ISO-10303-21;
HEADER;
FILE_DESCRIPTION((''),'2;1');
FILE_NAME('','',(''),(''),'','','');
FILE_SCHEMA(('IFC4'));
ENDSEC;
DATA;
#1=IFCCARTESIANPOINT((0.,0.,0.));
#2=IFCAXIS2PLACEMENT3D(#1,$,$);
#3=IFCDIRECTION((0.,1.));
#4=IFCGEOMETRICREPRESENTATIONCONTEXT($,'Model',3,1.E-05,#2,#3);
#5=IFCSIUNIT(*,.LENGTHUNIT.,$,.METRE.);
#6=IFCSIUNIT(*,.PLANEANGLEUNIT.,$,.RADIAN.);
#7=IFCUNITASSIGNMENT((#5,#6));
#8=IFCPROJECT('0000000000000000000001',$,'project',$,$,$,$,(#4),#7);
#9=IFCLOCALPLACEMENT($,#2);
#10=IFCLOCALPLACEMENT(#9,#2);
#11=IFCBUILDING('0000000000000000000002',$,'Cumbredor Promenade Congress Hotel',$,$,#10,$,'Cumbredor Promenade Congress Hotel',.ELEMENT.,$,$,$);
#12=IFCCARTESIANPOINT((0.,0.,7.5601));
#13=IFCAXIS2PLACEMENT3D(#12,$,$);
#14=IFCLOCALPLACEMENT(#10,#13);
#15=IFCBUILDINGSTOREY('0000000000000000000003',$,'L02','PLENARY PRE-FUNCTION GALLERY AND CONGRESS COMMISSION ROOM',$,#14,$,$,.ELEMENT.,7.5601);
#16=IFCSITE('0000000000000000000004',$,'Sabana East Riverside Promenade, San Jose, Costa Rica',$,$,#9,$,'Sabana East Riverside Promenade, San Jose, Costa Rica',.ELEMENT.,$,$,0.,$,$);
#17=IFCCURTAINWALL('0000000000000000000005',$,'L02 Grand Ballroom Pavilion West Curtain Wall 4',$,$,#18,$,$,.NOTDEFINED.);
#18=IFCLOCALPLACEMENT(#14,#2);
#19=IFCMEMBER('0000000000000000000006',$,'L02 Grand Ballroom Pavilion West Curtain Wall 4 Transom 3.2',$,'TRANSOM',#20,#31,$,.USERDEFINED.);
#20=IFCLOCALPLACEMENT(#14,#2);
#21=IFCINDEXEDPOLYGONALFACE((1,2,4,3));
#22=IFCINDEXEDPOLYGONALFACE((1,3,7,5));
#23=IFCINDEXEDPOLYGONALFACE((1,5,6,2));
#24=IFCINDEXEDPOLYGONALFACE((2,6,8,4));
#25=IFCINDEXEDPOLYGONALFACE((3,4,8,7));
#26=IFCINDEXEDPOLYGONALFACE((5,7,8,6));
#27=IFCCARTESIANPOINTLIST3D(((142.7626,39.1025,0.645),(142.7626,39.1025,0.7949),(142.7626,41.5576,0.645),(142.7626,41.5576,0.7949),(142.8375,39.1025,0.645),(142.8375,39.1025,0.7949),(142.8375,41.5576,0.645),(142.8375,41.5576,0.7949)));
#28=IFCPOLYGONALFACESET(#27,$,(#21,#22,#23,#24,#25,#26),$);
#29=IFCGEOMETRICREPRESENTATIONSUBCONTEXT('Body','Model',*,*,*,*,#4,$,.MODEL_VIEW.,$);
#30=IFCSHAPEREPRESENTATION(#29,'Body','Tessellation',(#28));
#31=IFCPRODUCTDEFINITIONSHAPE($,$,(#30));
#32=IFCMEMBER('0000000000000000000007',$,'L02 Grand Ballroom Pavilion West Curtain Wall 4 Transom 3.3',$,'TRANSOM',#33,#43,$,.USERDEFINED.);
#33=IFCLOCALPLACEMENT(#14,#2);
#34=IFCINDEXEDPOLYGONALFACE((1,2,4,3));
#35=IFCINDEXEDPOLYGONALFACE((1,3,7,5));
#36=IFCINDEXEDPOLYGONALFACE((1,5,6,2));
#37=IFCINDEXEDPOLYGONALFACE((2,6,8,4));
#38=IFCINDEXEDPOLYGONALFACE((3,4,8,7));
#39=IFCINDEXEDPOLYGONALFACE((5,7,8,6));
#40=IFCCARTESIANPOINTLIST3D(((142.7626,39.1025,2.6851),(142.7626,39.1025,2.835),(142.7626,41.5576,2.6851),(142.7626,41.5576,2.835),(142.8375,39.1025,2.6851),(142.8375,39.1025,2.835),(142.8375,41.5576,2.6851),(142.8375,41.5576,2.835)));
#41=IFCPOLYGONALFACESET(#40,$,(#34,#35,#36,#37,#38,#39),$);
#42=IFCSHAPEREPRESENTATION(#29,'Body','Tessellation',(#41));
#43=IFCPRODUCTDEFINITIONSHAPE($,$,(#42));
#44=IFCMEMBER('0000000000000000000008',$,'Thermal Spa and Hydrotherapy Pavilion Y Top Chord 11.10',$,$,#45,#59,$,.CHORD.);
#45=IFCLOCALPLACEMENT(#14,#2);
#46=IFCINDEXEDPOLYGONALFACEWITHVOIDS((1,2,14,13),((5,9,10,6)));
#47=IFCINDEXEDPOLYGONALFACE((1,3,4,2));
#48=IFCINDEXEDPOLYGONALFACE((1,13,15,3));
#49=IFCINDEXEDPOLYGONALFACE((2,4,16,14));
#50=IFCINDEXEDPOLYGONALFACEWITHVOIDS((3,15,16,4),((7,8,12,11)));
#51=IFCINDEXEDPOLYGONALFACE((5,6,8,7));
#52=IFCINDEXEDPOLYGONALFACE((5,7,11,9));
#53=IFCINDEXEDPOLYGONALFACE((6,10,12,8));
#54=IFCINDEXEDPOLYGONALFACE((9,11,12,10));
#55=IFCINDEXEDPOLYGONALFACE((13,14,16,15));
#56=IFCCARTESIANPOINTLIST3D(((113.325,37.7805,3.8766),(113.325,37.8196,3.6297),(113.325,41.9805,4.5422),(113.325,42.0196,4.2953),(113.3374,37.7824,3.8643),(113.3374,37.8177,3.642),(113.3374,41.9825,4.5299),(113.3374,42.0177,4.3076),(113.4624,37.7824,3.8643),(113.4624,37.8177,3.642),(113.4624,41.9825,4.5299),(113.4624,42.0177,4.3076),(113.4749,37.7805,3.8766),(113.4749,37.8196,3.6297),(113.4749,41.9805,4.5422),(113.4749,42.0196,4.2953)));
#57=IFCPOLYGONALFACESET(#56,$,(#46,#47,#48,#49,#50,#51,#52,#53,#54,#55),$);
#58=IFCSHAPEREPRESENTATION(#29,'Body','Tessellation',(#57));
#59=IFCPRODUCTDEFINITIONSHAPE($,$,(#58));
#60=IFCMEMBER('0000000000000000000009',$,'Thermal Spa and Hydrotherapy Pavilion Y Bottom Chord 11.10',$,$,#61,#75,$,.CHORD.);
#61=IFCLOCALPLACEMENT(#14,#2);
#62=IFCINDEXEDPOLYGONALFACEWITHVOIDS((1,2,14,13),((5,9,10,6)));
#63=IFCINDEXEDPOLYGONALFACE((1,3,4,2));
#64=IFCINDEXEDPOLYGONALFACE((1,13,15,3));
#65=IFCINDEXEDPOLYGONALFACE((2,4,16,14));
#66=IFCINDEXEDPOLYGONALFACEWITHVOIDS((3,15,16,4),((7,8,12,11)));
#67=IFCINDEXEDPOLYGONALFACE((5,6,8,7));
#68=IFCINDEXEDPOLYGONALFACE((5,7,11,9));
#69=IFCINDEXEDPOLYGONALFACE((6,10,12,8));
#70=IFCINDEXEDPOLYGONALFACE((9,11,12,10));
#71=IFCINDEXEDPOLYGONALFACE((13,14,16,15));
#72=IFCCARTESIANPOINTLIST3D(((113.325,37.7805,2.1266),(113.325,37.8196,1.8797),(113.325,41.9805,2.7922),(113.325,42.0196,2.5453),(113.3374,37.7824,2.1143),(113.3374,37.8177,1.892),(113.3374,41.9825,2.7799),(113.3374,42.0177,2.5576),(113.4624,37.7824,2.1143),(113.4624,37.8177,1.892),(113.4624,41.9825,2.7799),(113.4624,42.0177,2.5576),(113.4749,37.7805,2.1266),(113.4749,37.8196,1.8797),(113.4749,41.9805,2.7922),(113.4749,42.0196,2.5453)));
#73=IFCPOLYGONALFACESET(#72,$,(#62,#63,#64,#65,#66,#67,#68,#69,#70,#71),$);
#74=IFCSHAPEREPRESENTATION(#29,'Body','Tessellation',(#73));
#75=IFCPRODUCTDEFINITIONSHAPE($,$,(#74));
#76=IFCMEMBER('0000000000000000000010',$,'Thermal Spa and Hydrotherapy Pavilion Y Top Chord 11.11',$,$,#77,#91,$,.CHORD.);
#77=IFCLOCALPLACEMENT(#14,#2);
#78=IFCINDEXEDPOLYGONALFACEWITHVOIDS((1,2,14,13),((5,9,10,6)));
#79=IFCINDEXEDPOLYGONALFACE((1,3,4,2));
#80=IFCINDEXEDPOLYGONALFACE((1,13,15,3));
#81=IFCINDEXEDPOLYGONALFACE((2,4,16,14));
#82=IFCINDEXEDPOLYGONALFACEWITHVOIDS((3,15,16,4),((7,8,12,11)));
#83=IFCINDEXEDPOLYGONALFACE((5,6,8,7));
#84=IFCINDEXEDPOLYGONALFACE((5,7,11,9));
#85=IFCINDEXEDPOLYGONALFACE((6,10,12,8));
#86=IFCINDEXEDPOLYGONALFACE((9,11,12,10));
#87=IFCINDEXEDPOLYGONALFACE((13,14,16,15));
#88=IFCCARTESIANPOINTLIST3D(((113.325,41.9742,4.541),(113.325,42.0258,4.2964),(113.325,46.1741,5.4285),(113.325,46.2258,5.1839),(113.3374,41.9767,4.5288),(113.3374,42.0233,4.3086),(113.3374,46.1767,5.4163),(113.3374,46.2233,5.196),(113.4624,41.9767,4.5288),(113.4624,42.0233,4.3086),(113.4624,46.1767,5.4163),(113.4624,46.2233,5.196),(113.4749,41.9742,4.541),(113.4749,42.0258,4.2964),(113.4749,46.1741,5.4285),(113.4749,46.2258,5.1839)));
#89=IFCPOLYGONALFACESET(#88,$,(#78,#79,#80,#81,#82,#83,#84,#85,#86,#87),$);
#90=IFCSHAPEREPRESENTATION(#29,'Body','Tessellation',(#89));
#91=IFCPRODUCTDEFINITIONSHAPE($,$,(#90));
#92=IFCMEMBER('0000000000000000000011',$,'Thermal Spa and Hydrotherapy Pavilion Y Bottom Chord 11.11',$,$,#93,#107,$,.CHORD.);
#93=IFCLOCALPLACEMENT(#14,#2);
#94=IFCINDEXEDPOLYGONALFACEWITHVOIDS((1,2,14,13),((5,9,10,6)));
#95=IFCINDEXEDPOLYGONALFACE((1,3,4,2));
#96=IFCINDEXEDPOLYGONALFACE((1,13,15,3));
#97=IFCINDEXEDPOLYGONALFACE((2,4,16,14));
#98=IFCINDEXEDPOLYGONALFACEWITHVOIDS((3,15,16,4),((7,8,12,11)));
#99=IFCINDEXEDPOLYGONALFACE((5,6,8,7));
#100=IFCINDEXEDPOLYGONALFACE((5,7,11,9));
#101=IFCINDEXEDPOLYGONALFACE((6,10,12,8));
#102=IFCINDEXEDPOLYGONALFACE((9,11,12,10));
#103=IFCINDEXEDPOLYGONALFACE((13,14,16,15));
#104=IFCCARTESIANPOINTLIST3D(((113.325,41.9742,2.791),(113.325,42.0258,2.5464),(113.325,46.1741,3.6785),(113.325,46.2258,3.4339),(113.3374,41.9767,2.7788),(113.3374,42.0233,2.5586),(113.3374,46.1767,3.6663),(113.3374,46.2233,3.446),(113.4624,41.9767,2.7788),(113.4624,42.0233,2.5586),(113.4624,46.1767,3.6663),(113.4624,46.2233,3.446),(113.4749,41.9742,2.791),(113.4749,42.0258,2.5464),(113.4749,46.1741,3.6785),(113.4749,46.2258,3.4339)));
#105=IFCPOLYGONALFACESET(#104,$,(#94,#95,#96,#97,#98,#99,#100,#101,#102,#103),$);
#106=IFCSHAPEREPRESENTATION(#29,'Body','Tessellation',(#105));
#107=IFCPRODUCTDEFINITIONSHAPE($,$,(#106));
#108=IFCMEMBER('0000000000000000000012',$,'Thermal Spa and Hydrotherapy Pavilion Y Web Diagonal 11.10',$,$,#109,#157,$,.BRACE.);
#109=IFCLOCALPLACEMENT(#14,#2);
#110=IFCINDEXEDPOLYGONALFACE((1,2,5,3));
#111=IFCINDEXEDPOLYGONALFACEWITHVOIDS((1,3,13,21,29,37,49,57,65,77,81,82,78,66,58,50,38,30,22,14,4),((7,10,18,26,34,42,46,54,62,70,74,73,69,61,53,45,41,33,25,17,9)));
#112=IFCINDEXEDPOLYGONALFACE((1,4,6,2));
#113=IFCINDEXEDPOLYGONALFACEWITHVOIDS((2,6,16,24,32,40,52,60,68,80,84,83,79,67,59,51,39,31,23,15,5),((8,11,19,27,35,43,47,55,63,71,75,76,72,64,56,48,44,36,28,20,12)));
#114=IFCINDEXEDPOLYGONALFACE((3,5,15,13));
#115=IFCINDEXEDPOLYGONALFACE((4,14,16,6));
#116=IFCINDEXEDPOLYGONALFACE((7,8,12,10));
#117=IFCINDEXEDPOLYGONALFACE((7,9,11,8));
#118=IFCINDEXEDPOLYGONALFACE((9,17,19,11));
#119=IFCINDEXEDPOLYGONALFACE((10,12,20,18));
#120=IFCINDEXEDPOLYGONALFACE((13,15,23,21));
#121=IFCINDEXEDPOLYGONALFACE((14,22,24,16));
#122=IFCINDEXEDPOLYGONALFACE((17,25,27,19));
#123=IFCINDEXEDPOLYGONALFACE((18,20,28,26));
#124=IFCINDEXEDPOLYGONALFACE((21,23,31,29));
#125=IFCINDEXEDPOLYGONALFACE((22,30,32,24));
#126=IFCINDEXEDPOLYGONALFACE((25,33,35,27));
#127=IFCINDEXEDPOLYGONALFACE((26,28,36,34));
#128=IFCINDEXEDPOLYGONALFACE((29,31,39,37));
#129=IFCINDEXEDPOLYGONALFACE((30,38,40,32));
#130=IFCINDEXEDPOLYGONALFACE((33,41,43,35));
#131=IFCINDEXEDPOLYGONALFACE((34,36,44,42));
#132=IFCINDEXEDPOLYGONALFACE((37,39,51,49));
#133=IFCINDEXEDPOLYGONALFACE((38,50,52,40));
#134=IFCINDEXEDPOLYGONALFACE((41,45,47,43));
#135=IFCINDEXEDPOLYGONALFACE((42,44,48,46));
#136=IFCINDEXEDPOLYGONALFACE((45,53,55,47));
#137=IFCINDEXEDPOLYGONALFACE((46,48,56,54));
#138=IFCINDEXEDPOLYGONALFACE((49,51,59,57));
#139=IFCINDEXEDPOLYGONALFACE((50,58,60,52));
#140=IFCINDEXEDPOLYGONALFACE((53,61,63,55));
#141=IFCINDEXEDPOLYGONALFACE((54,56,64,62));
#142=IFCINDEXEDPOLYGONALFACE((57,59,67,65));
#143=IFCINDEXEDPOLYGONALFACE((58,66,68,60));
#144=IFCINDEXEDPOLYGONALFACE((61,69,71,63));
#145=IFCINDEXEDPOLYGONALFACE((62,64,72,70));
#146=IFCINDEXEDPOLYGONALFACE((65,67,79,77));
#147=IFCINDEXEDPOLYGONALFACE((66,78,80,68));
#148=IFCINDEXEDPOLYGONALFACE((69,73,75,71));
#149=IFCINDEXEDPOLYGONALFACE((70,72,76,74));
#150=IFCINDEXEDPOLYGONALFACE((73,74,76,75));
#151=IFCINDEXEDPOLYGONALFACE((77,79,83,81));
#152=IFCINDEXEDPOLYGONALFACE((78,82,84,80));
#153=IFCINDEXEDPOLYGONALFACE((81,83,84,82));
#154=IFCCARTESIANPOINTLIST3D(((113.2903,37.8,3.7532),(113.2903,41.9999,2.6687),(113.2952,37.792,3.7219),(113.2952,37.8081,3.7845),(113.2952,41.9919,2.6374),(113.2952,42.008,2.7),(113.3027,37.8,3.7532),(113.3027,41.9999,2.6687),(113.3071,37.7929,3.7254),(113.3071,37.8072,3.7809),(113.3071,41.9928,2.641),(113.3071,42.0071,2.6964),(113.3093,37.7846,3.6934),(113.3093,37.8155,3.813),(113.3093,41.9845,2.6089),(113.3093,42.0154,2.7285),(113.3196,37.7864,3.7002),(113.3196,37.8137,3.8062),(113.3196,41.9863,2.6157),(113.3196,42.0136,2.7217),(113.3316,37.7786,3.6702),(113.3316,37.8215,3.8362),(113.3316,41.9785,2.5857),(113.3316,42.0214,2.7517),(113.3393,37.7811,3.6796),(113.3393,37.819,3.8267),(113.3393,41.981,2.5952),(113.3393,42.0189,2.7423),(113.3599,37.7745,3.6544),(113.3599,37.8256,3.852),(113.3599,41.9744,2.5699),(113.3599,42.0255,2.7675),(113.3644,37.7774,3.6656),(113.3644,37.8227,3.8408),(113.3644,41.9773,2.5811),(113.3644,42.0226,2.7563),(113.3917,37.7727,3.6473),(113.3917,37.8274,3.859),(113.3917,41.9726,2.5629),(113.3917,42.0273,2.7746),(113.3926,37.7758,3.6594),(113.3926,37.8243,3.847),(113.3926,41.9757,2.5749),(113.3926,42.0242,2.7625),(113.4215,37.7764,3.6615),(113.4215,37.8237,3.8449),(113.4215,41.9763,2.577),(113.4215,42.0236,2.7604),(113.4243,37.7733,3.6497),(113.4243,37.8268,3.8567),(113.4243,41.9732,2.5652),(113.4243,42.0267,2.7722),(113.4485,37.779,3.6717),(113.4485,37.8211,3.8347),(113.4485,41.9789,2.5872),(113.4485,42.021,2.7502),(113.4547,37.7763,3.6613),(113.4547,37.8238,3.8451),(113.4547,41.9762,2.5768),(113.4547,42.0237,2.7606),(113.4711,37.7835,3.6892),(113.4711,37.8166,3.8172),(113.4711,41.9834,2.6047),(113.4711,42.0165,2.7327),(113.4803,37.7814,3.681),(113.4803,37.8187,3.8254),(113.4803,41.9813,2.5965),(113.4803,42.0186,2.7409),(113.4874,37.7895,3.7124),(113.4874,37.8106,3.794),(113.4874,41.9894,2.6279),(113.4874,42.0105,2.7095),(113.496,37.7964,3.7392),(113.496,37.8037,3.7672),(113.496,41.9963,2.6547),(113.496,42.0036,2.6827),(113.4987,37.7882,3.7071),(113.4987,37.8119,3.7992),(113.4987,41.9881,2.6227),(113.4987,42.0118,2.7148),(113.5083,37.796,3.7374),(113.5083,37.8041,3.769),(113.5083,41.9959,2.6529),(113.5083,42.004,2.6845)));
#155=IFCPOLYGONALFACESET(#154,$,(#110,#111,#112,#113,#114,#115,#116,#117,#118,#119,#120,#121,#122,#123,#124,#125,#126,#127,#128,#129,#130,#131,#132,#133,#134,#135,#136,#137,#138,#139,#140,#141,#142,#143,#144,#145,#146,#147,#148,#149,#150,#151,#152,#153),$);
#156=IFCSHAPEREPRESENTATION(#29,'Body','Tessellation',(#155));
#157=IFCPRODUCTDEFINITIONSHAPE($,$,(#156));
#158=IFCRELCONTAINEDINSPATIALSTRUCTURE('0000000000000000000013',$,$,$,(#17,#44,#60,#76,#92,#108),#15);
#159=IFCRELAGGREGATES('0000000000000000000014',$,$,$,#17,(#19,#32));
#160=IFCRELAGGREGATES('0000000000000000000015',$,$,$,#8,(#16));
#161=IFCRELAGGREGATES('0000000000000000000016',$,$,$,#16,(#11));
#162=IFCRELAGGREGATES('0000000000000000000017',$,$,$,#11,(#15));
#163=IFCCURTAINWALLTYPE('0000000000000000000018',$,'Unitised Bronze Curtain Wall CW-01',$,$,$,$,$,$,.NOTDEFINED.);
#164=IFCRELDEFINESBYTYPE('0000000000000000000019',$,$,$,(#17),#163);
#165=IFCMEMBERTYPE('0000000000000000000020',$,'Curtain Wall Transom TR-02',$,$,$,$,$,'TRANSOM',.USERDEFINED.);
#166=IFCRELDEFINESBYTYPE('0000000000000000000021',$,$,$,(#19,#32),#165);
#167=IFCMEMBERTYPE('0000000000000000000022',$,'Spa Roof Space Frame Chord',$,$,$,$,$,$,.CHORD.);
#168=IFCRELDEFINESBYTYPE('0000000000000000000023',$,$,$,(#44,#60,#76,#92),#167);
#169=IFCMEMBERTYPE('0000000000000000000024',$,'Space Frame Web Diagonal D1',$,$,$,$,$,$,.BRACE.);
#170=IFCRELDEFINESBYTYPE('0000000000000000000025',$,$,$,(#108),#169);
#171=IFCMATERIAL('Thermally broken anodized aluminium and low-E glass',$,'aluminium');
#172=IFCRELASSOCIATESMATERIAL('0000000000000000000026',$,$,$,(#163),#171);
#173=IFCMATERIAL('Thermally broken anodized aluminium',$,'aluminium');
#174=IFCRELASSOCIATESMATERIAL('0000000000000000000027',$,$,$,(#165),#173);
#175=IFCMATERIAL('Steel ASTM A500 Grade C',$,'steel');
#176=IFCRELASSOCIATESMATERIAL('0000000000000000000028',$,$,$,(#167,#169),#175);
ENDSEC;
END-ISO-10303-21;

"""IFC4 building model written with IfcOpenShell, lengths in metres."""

from ifc_helpers import new_model, si_unit, direction, frame, origin, origin_2d, place, context, subcontext, project, spatial, rectangle, hollow_rectangle, hollow_circle, extrude, material, material_profile, profile_set, type_object, element, aggregate, save


model = new_model("IFC4")

# Units and contexts
model_context = context("Model", 3, precision=1e-05, world=origin(), true_north=direction((0.0, 1.0)))
body_context = subcontext(model_context, "Body", "Model", "MODEL_VIEW")
ifc_project = project(units=[si_unit("LENGTHUNIT", "METRE"), si_unit("PLANEANGLEUNIT", "RADIAN")], contexts=[model_context])

# Site, building, storey
site_placement = place(None, origin())
site = spatial("IfcSite", under=ifc_project, at=site_placement, Name="Sabana East Riverside Promenade, San Jose, Costa Rica", LongName="Sabana East Riverside Promenade, San Jose, Costa Rica", CompositionType="ELEMENT", RefElevation=0.0)
building_placement = place(site_placement, origin())
building = spatial("IfcBuilding", under=site, at=building_placement, Name="Cumbredor Promenade Congress Hotel", LongName="Cumbredor Promenade Congress Hotel", CompositionType="ELEMENT")
storey_placement = place(building_placement, frame((0.0, 0.0, 7.5601)))
storey = spatial("IfcBuildingStorey", under=building, at=storey_placement, Name="L02", Description="PLENARY PRE-FUNCTION GALLERY AND CONGRESS COMMISSION ROOM", CompositionType="ELEMENT", Elevation=7.5601)

# Shared definitions
ifc_material_1 = material(Name="Thermally broken anodized aluminium and low-E glass", Category="aluminium")
curtain_wall_type = type_object("IfcCurtainWallType", Name="Unitised Bronze Curtain Wall CW-01", PredefinedType="NOTDEFINED", material=ifc_material_1)
ifc_material_2 = material(Name="Thermally broken anodized aluminium", Category="aluminium")

# Curtain wall, members
curtain_wall_1_placement = place(storey_placement, origin())
curtain_wall_1 = element("IfcCurtainWall", 1, at=curtain_wall_1_placement, inside=storey, type_object=curtain_wall_type, Name="L02 Grand Ballroom Pavilion West Curtain Wall 4", PredefinedType="NOTDEFINED")
ifc_material_profile_1 = material_profile(ifc_material_2, rectangle(XDim=0.075, YDim=0.1499, at=origin_2d()), Name="ALU TRANSOM 75x150")
ifc_profile_set_1 = profile_set([ifc_material_profile_1], Name="Thermally broken anodized aluminium")
member_type_1 = type_object("IfcMemberType", Name="Curtain Wall Transom TR-02", ElementType="TRANSOM", PredefinedType="USERDEFINED", material=ifc_profile_set_1)
member_1_placement = place(storey_placement, frame((142.8, 39.1025, 0.72), z_axis=(0.0, 1.0, 0.0), x_axis=(-1.0, 0.0, 0.0)))
member_1 = element("IfcMember", 2, at=member_1_placement, type_object=member_type_1, Name="L02 Grand Ballroom Pavilion West Curtain Wall 4 Transom 3.2", ObjectType="TRANSOM", PredefinedType="USERDEFINED", context=body_context, shape_type="SweptSolid", body=[
    extrude(rectangle(XDim=0.075, YDim=0.1499, at=origin_2d()), origin(), (0.0, 0.0, 1.0), 2.4551),
])
member_2_placement = place(storey_placement, frame((142.8, 39.1025, 2.76), z_axis=(0.0, 1.0, 0.0), x_axis=(-1.0, 0.0, 0.0)))
member_2 = element("IfcMember", 3, at=member_2_placement, type_object=member_type_1, Name="L02 Grand Ballroom Pavilion West Curtain Wall 4 Transom 3.3", ObjectType="TRANSOM", PredefinedType="USERDEFINED", context=body_context, shape_type="SweptSolid", body=[
    extrude(rectangle(XDim=0.075, YDim=0.1499, at=origin_2d()), origin(), (0.0, 0.0, 1.0), 2.4551),
])

# Members
ifc_material_3 = material(Name="Steel ASTM A500 Grade C", Category="steel")
ifc_material_profile_2 = material_profile(ifc_material_3, hollow_rectangle(XDim=0.1499, YDim=0.25, WallThickness=0.0125, at=origin_2d()), Name="HSS 250x150x12.5")
ifc_profile_set_2 = profile_set([ifc_material_profile_2], Name="Steel ASTM A500 Grade C")
member_type_2 = type_object("IfcMemberType", Name="Spa Roof Space Frame Chord", PredefinedType="CHORD", material=ifc_profile_set_2)
for number, where, z_axis, x_axis, name in (
    (4, (113.3999, 37.8, 3.7532), (0.0, 0.987677, 0.156508), (-1.0, 0.0, 0.0), "Thermal Spa and Hydrotherapy Pavilion Y Top Chord 11.10"),
    (5, (113.3999, 37.8, 2.0032), (0.0, 0.987677, 0.156508), (-1.0, 0.0, 0.0), "Thermal Spa and Hydrotherapy Pavilion Y Bottom Chord 11.10"),
):
    element("IfcMember", number, at=place(storey_placement, frame(where, z_axis=z_axis, x_axis=x_axis)), inside=storey, type_object=member_type_2, Name=name, PredefinedType="CHORD", context=body_context, shape_type="SweptSolid", body=[
        extrude(hollow_rectangle(XDim=0.1499, YDim=0.25, WallThickness=0.0125, at=origin_2d()), origin(), (0.0, 0.0, 1.0), 4.2524),
    ])
for number, where, z_axis, x_axis, name in (
    (6, (113.3999, 42.0, 4.4187), (0.0, 0.978397, 0.206736), (-1.0, 0.0, 0.0), "Thermal Spa and Hydrotherapy Pavilion Y Top Chord 11.11"),
    (7, (113.3999, 42.0, 2.6687), (0.0, 0.978397, 0.206736), (-1.0, 0.0, 0.0), "Thermal Spa and Hydrotherapy Pavilion Y Bottom Chord 11.11"),
):
    element("IfcMember", number, at=place(storey_placement, frame(where, z_axis=z_axis, x_axis=x_axis)), inside=storey, type_object=member_type_2, Name=name, PredefinedType="CHORD", context=body_context, shape_type="SweptSolid", body=[
        extrude(hollow_rectangle(XDim=0.1499, YDim=0.25, WallThickness=0.0125, at=origin_2d()), origin(), (0.0, 0.0, 1.0), 4.2927),
    ])
ifc_material_profile_3 = material_profile(ifc_material_3, hollow_circle(Radius=0.1096, WallThickness=0.0125, at=origin_2d()), Name="CHS 219.1x12.5")
ifc_profile_set_3 = profile_set([ifc_material_profile_3], Name="Steel ASTM A500 Grade C")
member_type_3 = type_object("IfcMemberType", Name="Space Frame Web Diagonal D1", PredefinedType="BRACE", material=ifc_profile_set_3)
member_3_placement = place(storey_placement, frame((113.3999, 37.8, 3.7532), z_axis=(0.0, 0.968243, -0.250011), x_axis=(-1.0, 0.0, 0.0)))
element("IfcMember", 8, at=member_3_placement, inside=storey, type_object=member_type_3, Name="Thermal Spa and Hydrotherapy Pavilion Y Web Diagonal 11.10", PredefinedType="BRACE", context=body_context, shape_type="SweptSolid", body=[
    extrude(hollow_circle(Radius=0.1096, WallThickness=0.0125, at=origin_2d()), origin(), (0.0, 0.0, 1.0), 4.3376),
])

aggregate(curtain_wall_1, [member_1, member_2])

save(model, "model.ifc")
